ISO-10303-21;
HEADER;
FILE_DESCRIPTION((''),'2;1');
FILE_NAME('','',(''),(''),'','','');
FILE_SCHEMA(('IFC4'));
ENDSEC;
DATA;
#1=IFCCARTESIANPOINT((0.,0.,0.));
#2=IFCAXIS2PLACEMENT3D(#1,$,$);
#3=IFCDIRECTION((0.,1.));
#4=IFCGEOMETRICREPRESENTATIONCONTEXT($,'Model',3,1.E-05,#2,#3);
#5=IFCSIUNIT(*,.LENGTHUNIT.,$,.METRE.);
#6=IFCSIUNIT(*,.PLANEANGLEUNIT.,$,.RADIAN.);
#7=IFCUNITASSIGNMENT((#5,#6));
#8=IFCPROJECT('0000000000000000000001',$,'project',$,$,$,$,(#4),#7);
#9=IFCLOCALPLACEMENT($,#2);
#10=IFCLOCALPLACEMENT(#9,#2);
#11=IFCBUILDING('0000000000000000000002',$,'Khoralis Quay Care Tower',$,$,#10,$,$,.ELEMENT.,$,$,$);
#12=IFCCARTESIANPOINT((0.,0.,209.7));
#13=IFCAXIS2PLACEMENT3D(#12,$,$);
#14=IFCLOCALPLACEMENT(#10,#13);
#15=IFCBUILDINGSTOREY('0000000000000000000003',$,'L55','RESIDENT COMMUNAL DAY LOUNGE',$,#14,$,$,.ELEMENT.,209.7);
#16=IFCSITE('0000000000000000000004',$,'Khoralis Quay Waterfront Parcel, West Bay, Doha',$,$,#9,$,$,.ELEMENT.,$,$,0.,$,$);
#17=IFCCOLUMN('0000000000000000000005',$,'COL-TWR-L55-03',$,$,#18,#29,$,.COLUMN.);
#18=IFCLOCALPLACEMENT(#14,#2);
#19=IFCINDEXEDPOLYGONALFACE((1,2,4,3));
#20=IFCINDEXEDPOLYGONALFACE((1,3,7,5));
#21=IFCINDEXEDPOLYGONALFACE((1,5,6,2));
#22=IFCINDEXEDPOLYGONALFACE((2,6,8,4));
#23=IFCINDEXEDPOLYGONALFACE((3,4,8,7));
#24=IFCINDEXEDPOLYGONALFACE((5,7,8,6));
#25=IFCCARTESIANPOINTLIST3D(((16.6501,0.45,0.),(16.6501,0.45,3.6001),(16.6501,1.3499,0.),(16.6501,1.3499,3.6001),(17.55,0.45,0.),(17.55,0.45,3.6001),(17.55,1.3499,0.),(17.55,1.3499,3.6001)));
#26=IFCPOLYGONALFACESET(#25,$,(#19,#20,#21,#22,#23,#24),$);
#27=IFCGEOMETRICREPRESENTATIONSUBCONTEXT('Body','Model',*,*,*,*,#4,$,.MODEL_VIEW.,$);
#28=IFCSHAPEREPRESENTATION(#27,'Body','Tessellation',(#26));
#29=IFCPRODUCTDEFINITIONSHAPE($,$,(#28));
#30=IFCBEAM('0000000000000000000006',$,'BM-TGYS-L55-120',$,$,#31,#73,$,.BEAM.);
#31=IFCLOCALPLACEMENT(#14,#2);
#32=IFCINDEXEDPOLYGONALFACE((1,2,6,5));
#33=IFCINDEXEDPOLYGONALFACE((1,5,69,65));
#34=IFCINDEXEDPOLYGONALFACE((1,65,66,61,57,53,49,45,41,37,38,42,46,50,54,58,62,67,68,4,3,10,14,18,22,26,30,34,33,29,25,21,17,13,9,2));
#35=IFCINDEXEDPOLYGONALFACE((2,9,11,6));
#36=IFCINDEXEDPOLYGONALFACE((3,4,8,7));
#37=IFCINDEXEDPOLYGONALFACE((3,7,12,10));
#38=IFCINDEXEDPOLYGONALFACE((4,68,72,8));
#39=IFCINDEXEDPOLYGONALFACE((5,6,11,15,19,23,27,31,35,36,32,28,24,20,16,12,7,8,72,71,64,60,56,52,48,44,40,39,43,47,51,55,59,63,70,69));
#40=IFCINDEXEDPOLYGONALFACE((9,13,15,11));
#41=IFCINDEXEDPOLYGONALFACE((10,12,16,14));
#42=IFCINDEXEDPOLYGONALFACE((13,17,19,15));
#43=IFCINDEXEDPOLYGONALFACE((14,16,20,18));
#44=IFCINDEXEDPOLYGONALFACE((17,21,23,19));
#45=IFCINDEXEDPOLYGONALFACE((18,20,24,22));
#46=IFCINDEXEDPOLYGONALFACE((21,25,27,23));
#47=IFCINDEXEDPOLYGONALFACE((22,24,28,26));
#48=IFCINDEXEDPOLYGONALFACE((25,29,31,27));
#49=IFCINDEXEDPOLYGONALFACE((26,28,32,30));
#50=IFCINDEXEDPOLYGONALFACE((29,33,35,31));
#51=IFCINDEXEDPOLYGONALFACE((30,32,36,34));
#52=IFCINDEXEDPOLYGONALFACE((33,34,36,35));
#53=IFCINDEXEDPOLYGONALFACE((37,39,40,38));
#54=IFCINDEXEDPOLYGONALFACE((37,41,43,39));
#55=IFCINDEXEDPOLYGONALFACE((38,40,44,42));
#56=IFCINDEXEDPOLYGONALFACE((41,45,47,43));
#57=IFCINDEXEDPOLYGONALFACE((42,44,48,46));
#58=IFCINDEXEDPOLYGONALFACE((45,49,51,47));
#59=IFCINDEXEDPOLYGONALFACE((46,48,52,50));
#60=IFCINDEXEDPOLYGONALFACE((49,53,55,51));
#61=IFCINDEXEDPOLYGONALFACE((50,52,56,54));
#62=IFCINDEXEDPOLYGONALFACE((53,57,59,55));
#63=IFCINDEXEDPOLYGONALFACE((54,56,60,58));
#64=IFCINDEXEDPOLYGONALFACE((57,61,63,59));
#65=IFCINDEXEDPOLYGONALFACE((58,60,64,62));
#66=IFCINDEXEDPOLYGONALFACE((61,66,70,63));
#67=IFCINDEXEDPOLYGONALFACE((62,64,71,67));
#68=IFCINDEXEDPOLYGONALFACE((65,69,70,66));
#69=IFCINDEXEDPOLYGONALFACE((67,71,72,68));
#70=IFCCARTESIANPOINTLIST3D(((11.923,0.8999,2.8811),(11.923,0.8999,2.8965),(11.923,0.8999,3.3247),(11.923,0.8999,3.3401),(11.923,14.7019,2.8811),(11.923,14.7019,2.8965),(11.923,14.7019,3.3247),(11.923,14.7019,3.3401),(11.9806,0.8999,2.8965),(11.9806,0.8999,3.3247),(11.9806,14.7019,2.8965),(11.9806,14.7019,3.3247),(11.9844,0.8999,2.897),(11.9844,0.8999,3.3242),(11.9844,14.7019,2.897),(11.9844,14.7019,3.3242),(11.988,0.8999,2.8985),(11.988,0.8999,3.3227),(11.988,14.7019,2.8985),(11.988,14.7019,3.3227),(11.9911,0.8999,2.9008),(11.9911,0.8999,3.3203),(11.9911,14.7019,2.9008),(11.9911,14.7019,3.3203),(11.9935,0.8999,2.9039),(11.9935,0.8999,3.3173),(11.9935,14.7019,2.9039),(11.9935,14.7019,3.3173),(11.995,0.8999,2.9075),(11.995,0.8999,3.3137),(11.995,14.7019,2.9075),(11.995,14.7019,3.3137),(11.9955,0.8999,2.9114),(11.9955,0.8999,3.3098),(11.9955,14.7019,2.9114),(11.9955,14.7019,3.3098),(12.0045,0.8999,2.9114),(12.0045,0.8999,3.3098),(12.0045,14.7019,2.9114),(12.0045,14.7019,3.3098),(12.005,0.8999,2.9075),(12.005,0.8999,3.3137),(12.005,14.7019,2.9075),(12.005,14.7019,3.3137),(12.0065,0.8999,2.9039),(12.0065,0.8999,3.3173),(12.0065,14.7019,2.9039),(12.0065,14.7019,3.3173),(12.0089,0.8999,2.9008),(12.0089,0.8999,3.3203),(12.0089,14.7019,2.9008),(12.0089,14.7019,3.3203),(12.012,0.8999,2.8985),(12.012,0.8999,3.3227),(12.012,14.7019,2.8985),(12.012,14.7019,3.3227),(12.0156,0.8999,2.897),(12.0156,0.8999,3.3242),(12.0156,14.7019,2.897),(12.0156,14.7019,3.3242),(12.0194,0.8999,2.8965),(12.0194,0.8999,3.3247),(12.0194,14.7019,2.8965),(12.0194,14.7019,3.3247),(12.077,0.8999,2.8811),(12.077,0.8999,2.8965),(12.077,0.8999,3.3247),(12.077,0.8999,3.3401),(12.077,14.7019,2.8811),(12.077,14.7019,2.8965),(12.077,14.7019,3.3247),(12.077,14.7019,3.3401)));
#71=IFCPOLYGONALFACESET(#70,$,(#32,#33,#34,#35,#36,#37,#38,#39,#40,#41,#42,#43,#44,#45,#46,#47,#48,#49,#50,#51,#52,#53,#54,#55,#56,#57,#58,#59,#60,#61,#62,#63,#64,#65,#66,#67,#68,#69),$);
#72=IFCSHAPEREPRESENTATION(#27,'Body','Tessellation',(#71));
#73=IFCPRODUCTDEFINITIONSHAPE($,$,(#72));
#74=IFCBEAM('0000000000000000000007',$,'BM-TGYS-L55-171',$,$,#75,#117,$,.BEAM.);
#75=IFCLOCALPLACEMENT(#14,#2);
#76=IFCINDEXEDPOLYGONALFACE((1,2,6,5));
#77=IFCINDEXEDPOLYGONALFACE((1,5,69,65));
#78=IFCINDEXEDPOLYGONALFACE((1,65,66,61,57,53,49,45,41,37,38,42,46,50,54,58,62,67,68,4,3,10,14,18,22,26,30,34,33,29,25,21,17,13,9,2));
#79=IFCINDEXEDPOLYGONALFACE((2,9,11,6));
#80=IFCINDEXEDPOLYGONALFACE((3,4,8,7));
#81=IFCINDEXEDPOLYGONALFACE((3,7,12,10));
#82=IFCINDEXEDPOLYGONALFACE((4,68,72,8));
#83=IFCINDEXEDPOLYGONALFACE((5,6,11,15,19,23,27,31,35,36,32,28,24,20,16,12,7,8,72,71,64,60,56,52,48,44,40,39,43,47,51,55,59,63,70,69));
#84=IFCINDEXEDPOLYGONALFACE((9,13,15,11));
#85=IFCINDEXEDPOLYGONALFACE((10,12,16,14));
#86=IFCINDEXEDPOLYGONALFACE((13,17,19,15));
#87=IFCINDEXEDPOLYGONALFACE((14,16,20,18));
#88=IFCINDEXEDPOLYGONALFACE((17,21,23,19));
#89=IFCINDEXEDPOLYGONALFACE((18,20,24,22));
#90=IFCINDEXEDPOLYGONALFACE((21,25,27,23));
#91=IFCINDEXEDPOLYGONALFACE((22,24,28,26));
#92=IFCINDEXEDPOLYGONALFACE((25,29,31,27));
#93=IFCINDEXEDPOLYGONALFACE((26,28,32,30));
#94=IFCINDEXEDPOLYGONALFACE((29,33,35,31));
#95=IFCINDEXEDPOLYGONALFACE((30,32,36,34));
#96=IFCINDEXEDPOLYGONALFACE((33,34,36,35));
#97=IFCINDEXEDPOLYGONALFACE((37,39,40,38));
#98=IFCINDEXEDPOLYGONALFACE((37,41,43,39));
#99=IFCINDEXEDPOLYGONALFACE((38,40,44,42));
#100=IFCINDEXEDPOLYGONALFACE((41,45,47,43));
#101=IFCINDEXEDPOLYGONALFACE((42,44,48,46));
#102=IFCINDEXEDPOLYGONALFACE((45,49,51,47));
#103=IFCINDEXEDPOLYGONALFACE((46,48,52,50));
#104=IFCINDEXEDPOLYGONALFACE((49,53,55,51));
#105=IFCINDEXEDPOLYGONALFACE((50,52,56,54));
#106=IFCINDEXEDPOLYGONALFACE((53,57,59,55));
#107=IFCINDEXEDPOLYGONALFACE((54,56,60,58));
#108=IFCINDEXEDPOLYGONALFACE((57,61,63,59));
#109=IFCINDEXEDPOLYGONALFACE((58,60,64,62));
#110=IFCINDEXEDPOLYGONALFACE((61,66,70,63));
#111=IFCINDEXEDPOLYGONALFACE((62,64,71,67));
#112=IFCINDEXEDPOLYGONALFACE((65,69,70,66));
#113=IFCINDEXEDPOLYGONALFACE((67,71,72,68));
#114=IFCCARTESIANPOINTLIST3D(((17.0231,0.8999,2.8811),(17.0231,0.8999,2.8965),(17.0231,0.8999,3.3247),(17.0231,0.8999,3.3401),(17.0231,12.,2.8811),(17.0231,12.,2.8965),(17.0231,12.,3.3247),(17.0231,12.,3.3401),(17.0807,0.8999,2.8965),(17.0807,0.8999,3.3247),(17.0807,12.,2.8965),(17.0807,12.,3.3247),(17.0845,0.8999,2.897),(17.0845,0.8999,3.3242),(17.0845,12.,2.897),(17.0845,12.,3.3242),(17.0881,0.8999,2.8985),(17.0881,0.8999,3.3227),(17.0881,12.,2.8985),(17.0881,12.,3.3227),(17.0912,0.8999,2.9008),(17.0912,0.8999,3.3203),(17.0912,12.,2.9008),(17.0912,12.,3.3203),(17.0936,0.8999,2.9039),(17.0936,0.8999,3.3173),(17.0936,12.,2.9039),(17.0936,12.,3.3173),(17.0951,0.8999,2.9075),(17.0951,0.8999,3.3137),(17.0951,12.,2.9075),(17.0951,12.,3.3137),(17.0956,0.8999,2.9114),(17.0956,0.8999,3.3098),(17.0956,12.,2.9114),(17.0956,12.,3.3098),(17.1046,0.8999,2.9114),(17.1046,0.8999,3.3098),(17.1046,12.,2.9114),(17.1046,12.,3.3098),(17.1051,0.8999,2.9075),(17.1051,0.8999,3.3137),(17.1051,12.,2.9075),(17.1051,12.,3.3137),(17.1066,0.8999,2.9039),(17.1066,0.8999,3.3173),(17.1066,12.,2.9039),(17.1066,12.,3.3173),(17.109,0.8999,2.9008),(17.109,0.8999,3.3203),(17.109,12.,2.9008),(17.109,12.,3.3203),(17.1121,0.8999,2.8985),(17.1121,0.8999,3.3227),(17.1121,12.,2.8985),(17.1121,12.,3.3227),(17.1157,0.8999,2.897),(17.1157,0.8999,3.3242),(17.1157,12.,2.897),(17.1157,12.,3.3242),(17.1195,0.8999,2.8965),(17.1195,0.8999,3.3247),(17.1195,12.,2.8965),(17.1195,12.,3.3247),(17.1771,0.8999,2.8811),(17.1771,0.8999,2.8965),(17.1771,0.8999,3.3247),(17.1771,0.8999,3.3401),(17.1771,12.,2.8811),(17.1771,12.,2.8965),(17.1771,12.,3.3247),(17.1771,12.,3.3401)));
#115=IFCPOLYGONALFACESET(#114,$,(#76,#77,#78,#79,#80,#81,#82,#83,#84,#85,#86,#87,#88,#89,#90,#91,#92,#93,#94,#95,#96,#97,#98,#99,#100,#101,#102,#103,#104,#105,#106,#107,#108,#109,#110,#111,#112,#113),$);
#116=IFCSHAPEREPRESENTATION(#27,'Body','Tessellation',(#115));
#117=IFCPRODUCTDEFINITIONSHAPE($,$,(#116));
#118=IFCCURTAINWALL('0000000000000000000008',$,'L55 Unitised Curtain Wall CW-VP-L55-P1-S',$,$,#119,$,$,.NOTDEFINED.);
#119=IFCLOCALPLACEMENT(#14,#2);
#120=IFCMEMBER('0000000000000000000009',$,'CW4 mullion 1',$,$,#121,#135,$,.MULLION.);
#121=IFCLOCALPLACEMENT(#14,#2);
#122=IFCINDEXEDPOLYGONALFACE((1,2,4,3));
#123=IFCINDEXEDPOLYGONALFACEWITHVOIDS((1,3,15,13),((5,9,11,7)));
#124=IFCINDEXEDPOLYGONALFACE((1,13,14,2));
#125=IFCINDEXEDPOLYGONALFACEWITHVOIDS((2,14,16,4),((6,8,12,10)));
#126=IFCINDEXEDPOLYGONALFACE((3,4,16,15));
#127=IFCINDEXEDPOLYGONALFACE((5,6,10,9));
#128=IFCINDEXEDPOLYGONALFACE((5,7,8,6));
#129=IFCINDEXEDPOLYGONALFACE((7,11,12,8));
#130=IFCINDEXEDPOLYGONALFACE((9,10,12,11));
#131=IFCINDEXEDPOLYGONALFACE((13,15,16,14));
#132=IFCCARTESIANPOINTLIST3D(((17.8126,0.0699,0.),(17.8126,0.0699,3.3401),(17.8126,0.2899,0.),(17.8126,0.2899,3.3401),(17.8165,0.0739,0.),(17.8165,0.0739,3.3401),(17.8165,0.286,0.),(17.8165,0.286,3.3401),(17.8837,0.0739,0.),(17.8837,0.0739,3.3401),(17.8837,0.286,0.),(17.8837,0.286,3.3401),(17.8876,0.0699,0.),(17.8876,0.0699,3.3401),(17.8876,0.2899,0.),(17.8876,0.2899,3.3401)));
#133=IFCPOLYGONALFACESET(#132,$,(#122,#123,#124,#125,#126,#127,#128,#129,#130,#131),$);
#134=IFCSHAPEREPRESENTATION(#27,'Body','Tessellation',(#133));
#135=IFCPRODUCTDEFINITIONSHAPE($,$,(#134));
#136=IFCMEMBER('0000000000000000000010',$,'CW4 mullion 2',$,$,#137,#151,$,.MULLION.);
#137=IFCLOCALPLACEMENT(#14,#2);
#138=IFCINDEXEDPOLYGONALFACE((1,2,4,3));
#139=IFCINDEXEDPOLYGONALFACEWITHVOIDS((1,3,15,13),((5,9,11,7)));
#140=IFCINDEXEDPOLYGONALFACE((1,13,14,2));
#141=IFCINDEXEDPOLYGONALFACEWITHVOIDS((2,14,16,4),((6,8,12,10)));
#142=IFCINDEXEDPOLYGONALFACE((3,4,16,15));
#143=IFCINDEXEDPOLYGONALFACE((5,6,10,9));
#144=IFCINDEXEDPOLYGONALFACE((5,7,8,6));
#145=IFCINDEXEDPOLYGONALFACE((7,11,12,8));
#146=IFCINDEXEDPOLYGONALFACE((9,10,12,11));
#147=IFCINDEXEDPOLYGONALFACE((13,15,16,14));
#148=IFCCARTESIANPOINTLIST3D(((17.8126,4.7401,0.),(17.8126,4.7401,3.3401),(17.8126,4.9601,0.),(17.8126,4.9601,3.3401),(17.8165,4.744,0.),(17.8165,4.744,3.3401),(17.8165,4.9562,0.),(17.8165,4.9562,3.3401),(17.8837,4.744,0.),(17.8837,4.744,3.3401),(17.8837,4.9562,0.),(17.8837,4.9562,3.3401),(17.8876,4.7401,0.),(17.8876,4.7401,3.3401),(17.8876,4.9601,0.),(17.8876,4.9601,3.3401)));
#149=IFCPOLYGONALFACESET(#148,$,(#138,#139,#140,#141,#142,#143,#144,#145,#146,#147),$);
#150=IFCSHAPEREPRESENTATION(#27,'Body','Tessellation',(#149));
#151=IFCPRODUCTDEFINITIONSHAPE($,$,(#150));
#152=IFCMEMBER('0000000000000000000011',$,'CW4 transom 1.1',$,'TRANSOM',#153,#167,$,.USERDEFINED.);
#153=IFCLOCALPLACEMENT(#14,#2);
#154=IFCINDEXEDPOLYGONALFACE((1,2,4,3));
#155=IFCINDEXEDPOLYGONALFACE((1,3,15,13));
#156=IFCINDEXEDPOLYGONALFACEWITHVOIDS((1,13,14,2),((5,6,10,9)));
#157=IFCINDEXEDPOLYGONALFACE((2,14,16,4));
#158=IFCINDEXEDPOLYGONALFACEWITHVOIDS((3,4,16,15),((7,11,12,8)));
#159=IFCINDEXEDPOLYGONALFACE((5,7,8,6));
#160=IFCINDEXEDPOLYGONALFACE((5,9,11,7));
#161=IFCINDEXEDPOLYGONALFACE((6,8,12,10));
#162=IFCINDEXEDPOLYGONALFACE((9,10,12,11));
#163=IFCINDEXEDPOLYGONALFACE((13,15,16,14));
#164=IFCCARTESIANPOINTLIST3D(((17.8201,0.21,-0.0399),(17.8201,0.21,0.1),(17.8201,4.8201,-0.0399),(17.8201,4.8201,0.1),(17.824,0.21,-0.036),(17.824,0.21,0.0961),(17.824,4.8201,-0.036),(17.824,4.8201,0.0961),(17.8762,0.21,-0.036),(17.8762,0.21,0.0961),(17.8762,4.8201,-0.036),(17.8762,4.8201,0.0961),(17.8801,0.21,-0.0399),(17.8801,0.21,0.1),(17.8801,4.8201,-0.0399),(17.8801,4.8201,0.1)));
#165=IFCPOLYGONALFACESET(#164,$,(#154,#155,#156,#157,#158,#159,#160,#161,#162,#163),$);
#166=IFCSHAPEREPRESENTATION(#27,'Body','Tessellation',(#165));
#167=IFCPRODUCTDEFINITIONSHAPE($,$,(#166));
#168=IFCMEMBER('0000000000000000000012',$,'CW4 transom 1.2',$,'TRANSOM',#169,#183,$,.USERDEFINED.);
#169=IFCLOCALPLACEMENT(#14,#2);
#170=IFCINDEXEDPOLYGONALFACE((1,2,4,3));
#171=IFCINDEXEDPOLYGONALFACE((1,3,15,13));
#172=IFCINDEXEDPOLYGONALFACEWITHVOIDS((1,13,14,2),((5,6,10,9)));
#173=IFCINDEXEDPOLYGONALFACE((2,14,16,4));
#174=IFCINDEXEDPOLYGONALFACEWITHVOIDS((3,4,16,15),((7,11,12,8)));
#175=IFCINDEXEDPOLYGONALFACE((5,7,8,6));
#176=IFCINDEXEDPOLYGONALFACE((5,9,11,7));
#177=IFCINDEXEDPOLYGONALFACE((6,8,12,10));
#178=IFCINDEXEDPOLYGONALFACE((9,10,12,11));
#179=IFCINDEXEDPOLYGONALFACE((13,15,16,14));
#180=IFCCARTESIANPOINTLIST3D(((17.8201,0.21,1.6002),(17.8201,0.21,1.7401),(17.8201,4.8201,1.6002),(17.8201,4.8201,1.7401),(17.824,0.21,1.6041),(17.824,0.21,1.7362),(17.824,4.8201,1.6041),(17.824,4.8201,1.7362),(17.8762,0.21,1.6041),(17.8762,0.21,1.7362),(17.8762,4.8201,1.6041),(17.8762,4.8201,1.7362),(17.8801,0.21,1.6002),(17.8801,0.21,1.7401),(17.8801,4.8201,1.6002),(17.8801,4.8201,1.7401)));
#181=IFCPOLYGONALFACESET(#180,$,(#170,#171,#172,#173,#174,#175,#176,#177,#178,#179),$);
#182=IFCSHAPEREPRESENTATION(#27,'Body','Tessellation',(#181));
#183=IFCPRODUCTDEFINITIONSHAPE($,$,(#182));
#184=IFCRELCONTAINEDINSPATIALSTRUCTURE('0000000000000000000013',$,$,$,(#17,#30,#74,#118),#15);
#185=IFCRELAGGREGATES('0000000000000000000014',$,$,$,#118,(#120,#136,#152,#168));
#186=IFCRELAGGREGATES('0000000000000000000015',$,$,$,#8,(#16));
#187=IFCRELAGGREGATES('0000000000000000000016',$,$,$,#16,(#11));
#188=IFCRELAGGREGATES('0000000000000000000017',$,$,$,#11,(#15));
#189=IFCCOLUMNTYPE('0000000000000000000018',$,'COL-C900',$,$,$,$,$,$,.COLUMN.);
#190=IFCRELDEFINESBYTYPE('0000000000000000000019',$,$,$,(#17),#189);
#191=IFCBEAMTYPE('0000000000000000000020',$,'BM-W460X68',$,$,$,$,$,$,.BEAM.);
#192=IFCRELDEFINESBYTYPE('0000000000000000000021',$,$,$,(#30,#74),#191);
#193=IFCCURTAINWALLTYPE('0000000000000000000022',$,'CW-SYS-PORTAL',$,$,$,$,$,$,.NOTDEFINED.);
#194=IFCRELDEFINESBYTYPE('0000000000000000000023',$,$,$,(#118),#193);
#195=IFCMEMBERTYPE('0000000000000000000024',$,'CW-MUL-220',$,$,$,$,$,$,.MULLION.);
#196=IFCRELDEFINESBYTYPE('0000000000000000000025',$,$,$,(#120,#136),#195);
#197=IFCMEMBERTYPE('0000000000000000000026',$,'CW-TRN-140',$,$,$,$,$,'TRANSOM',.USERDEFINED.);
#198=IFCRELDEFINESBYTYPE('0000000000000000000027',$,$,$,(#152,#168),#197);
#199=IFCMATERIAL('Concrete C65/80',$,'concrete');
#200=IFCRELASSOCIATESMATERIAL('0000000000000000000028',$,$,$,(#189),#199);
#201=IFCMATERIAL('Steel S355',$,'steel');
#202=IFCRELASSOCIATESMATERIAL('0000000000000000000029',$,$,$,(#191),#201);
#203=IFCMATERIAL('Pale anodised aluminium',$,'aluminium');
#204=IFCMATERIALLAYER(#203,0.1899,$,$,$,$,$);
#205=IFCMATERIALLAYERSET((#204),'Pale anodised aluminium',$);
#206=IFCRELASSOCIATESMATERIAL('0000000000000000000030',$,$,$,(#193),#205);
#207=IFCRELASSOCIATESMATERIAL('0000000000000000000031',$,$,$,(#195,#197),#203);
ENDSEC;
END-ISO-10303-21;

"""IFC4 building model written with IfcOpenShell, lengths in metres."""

from ifc_helpers import new_model, si_unit, direction, frame, origin, origin_2d, place, context, subcontext, project, spatial, rectangle, hollow_rectangle, i_section, extrude, source, transform, mapped, material, layer, layer_set, material_profile, profile_set, type_object, element, aggregate, save


model = new_model("IFC4")

# Units and contexts
model_context = context("Model", 3, precision=1e-05, world=origin(), true_north=direction((0.0, 1.0)))
body_context = subcontext(model_context, "Body", "Model", "MODEL_VIEW")
ifc_project = project(units=[si_unit("LENGTHUNIT", "METRE"), si_unit("PLANEANGLEUNIT", "RADIAN")], contexts=[model_context])

# Site, building, storey
site_placement = place(None, origin())
site = spatial("IfcSite", under=ifc_project, at=site_placement, Name="Khoralis Quay Waterfront Parcel, West Bay, Doha", CompositionType="ELEMENT", RefElevation=0.0)
building_placement = place(site_placement, origin())
building = spatial("IfcBuilding", under=site, at=building_placement, Name="Khoralis Quay Care Tower", CompositionType="ELEMENT")
storey_placement = place(building_placement, frame((0.0, 0.0, 209.7)))
storey = spatial("IfcBuildingStorey", under=building, at=storey_placement, Name="L55", Description="RESIDENT COMMUNAL DAY LOUNGE", CompositionType="ELEMENT", Elevation=209.7)

# Column
ifc_material_1 = material(Name="Concrete C65/80", Category="concrete")
ifc_material_profile_1 = material_profile(ifc_material_1, rectangle(XDim=0.8999, YDim=0.8999, at=origin_2d()), Name="Concrete C65/80")
ifc_profile_set_1 = profile_set([ifc_material_profile_1], Name="Concrete C65/80")
column_type = type_object("IfcColumnType", Name="COL-C900", PredefinedType="COLUMN", material=ifc_profile_set_1)
shared_shape_1 = source(origin(), body_context, "Body", "SweptSolid", [
    extrude(rectangle(XDim=0.8999, YDim=0.8999, at=origin_2d()), origin(), (0.0, 0.0, 1.0), 3.6001),
])
column_placement = place(storey_placement, frame((17.1001, 0.8999, 0.0), z_axis=(0.0, 0.0, 1.0), x_axis=(1.0, 0.0, 0.0)))
element("IfcColumn", 1, at=column_placement, inside=storey, type_object=column_type, Name="COL-TWR-L55-03", PredefinedType="COLUMN", context=body_context, shape_type="MappedRepresentation", body=[
    mapped(shared_shape_1, transform((0.0, 0.0, 0.0), scale=1.0)),
])

# Beams
ifc_material_2 = material(Name="Steel S355", Category="steel")
ifc_material_profile_2 = material_profile(ifc_material_2, i_section(OverallWidth=0.1541, OverallDepth=0.459, WebThickness=0.009, FlangeThickness=0.0154, FilletRadius=0.0149, at=origin_2d()), Name="Steel S355")
ifc_profile_set_2 = profile_set([ifc_material_profile_2], Name="Steel S355")
beam_type = type_object("IfcBeamType", Name="BM-W460X68", PredefinedType="BEAM", material=ifc_profile_set_2)
shared_shape_2 = source(origin(), body_context, "Body", "SweptSolid", [
    extrude(i_section(OverallWidth=0.1541, OverallDepth=0.459, WebThickness=0.009, FlangeThickness=0.0154, FilletRadius=0.0149, at=origin_2d()), origin(), (0.0, 0.0, 1.0), 13.802),
])
beam_1_placement = place(storey_placement, frame((12.0, 0.8999, 3.1106), z_axis=(0.0, 1.0, 0.0), x_axis=(-1.0, 0.0, 0.0)))
element("IfcBeam", 2, at=beam_1_placement, inside=storey, type_object=beam_type, Name="BM-TGYS-L55-120", PredefinedType="BEAM", context=body_context, shape_type="MappedRepresentation", body=[
    mapped(shared_shape_2, transform((0.0, 0.0, 0.0), scale=1.0)),
])
shared_shape_3 = source(origin(), body_context, "Body", "SweptSolid", [
    extrude(i_section(OverallWidth=0.1541, OverallDepth=0.459, WebThickness=0.009, FlangeThickness=0.0154, FilletRadius=0.0149, at=origin_2d()), origin(), (0.0, 0.0, 1.0), 11.1001),
])
beam_2_placement = place(storey_placement, frame((17.1001, 0.8999, 3.1106), z_axis=(0.0, 1.0, 0.0), x_axis=(-1.0, 0.0, 0.0)))
element("IfcBeam", 3, at=beam_2_placement, inside=storey, type_object=beam_type, Name="BM-TGYS-L55-171", PredefinedType="BEAM", context=body_context, shape_type="MappedRepresentation", body=[
    mapped(shared_shape_3, transform((0.0, 0.0, 0.0), scale=1.0)),
])

# Curtain wall, members
ifc_material_3 = material(Name="Pale anodised aluminium", Category="aluminium")
ifc_layer_1 = layer(ifc_material_3, 0.1899)
ifc_layer_set_1 = layer_set([ifc_layer_1], Name="Pale anodised aluminium")
curtain_wall_type = type_object("IfcCurtainWallType", Name="CW-SYS-PORTAL", PredefinedType="NOTDEFINED", material=ifc_layer_set_1)
curtain_wall_placement = place(storey_placement, origin())
curtain_wall = element("IfcCurtainWall", 4, at=curtain_wall_placement, inside=storey, type_object=curtain_wall_type, Name="L55 Unitised Curtain Wall CW-VP-L55-P1-S", PredefinedType="NOTDEFINED")
ifc_material_profile_3 = material_profile(ifc_material_3, hollow_rectangle(XDim=0.075, YDim=0.22, WallThickness=0.0039, at=origin_2d()), Name="Pale anodised aluminium")
ifc_profile_set_3 = profile_set([ifc_material_profile_3], Name="Pale anodised aluminium")
member_type_1 = type_object("IfcMemberType", Name="CW-MUL-220", PredefinedType="MULLION", material=ifc_profile_set_3)
shared_shape_4 = source(origin(), body_context, "Body", "SweptSolid", [
    extrude(hollow_rectangle(XDim=0.075, YDim=0.22, WallThickness=0.0039, at=origin_2d()), origin(), (0.0, 0.0, 1.0), 3.3401),
])
member_1_placement = place(storey_placement, frame((17.8501, 0.1799, 0.0), z_axis=(0.0, 0.0, 1.0), x_axis=(-1.0, 0.0, 0.0)))
member_1 = element("IfcMember", 5, at=member_1_placement, type_object=member_type_1, Name="CW4 mullion 1", PredefinedType="MULLION", context=body_context, shape_type="MappedRepresentation", body=[
    mapped(shared_shape_4, transform((0.0, 0.0, 0.0), scale=1.0)),
])
member_2_placement = place(storey_placement, frame((17.8501, 4.8501, 0.0), z_axis=(0.0, 0.0, 1.0), x_axis=(-1.0, 0.0, 0.0)))
member_2 = element("IfcMember", 6, at=member_2_placement, type_object=member_type_1, Name="CW4 mullion 2", PredefinedType="MULLION", context=body_context, shape_type="MappedRepresentation", body=[
    mapped(shared_shape_4, transform((0.0, 0.0, 0.0), scale=1.0)),
])
ifc_material_profile_4 = material_profile(ifc_material_3, hollow_rectangle(XDim=0.0601, YDim=0.1399, WallThickness=0.0039, at=origin_2d()), Name="Pale anodised aluminium")
ifc_profile_set_4 = profile_set([ifc_material_profile_4], Name="Pale anodised aluminium")
member_type_2 = type_object("IfcMemberType", Name="CW-TRN-140", ElementType="TRANSOM", PredefinedType="USERDEFINED", material=ifc_profile_set_4)
shared_shape_5 = source(origin(), body_context, "Body", "SweptSolid", [
    extrude(hollow_rectangle(XDim=0.0601, YDim=0.1399, WallThickness=0.0039, at=origin_2d()), origin(), (0.0, 0.0, 1.0), 4.6101),
])
member_3_placement = place(storey_placement, frame((17.8501, 0.21, 0.03), z_axis=(0.0, 1.0, 0.0), x_axis=(-1.0, 0.0, 0.0)))
member_3 = element("IfcMember", 7, at=member_3_placement, type_object=member_type_2, Name="CW4 transom 1.1", ObjectType="TRANSOM", PredefinedType="USERDEFINED", context=body_context, shape_type="MappedRepresentation", body=[
    mapped(shared_shape_5, transform((0.0, 0.0, 0.0), scale=1.0)),
])
member_4_placement = place(storey_placement, frame((17.8501, 0.21, 1.6702), z_axis=(0.0, 1.0, 0.0), x_axis=(-1.0, 0.0, 0.0)))
member_4 = element("IfcMember", 8, at=member_4_placement, type_object=member_type_2, Name="CW4 transom 1.2", ObjectType="TRANSOM", PredefinedType="USERDEFINED", context=body_context, shape_type="MappedRepresentation", body=[
    mapped(shared_shape_5, transform((0.0, 0.0, 0.0), scale=1.0)),
])
aggregate(curtain_wall, [member_1, member_2, member_3, member_4])

save(model, "model.ifc")
